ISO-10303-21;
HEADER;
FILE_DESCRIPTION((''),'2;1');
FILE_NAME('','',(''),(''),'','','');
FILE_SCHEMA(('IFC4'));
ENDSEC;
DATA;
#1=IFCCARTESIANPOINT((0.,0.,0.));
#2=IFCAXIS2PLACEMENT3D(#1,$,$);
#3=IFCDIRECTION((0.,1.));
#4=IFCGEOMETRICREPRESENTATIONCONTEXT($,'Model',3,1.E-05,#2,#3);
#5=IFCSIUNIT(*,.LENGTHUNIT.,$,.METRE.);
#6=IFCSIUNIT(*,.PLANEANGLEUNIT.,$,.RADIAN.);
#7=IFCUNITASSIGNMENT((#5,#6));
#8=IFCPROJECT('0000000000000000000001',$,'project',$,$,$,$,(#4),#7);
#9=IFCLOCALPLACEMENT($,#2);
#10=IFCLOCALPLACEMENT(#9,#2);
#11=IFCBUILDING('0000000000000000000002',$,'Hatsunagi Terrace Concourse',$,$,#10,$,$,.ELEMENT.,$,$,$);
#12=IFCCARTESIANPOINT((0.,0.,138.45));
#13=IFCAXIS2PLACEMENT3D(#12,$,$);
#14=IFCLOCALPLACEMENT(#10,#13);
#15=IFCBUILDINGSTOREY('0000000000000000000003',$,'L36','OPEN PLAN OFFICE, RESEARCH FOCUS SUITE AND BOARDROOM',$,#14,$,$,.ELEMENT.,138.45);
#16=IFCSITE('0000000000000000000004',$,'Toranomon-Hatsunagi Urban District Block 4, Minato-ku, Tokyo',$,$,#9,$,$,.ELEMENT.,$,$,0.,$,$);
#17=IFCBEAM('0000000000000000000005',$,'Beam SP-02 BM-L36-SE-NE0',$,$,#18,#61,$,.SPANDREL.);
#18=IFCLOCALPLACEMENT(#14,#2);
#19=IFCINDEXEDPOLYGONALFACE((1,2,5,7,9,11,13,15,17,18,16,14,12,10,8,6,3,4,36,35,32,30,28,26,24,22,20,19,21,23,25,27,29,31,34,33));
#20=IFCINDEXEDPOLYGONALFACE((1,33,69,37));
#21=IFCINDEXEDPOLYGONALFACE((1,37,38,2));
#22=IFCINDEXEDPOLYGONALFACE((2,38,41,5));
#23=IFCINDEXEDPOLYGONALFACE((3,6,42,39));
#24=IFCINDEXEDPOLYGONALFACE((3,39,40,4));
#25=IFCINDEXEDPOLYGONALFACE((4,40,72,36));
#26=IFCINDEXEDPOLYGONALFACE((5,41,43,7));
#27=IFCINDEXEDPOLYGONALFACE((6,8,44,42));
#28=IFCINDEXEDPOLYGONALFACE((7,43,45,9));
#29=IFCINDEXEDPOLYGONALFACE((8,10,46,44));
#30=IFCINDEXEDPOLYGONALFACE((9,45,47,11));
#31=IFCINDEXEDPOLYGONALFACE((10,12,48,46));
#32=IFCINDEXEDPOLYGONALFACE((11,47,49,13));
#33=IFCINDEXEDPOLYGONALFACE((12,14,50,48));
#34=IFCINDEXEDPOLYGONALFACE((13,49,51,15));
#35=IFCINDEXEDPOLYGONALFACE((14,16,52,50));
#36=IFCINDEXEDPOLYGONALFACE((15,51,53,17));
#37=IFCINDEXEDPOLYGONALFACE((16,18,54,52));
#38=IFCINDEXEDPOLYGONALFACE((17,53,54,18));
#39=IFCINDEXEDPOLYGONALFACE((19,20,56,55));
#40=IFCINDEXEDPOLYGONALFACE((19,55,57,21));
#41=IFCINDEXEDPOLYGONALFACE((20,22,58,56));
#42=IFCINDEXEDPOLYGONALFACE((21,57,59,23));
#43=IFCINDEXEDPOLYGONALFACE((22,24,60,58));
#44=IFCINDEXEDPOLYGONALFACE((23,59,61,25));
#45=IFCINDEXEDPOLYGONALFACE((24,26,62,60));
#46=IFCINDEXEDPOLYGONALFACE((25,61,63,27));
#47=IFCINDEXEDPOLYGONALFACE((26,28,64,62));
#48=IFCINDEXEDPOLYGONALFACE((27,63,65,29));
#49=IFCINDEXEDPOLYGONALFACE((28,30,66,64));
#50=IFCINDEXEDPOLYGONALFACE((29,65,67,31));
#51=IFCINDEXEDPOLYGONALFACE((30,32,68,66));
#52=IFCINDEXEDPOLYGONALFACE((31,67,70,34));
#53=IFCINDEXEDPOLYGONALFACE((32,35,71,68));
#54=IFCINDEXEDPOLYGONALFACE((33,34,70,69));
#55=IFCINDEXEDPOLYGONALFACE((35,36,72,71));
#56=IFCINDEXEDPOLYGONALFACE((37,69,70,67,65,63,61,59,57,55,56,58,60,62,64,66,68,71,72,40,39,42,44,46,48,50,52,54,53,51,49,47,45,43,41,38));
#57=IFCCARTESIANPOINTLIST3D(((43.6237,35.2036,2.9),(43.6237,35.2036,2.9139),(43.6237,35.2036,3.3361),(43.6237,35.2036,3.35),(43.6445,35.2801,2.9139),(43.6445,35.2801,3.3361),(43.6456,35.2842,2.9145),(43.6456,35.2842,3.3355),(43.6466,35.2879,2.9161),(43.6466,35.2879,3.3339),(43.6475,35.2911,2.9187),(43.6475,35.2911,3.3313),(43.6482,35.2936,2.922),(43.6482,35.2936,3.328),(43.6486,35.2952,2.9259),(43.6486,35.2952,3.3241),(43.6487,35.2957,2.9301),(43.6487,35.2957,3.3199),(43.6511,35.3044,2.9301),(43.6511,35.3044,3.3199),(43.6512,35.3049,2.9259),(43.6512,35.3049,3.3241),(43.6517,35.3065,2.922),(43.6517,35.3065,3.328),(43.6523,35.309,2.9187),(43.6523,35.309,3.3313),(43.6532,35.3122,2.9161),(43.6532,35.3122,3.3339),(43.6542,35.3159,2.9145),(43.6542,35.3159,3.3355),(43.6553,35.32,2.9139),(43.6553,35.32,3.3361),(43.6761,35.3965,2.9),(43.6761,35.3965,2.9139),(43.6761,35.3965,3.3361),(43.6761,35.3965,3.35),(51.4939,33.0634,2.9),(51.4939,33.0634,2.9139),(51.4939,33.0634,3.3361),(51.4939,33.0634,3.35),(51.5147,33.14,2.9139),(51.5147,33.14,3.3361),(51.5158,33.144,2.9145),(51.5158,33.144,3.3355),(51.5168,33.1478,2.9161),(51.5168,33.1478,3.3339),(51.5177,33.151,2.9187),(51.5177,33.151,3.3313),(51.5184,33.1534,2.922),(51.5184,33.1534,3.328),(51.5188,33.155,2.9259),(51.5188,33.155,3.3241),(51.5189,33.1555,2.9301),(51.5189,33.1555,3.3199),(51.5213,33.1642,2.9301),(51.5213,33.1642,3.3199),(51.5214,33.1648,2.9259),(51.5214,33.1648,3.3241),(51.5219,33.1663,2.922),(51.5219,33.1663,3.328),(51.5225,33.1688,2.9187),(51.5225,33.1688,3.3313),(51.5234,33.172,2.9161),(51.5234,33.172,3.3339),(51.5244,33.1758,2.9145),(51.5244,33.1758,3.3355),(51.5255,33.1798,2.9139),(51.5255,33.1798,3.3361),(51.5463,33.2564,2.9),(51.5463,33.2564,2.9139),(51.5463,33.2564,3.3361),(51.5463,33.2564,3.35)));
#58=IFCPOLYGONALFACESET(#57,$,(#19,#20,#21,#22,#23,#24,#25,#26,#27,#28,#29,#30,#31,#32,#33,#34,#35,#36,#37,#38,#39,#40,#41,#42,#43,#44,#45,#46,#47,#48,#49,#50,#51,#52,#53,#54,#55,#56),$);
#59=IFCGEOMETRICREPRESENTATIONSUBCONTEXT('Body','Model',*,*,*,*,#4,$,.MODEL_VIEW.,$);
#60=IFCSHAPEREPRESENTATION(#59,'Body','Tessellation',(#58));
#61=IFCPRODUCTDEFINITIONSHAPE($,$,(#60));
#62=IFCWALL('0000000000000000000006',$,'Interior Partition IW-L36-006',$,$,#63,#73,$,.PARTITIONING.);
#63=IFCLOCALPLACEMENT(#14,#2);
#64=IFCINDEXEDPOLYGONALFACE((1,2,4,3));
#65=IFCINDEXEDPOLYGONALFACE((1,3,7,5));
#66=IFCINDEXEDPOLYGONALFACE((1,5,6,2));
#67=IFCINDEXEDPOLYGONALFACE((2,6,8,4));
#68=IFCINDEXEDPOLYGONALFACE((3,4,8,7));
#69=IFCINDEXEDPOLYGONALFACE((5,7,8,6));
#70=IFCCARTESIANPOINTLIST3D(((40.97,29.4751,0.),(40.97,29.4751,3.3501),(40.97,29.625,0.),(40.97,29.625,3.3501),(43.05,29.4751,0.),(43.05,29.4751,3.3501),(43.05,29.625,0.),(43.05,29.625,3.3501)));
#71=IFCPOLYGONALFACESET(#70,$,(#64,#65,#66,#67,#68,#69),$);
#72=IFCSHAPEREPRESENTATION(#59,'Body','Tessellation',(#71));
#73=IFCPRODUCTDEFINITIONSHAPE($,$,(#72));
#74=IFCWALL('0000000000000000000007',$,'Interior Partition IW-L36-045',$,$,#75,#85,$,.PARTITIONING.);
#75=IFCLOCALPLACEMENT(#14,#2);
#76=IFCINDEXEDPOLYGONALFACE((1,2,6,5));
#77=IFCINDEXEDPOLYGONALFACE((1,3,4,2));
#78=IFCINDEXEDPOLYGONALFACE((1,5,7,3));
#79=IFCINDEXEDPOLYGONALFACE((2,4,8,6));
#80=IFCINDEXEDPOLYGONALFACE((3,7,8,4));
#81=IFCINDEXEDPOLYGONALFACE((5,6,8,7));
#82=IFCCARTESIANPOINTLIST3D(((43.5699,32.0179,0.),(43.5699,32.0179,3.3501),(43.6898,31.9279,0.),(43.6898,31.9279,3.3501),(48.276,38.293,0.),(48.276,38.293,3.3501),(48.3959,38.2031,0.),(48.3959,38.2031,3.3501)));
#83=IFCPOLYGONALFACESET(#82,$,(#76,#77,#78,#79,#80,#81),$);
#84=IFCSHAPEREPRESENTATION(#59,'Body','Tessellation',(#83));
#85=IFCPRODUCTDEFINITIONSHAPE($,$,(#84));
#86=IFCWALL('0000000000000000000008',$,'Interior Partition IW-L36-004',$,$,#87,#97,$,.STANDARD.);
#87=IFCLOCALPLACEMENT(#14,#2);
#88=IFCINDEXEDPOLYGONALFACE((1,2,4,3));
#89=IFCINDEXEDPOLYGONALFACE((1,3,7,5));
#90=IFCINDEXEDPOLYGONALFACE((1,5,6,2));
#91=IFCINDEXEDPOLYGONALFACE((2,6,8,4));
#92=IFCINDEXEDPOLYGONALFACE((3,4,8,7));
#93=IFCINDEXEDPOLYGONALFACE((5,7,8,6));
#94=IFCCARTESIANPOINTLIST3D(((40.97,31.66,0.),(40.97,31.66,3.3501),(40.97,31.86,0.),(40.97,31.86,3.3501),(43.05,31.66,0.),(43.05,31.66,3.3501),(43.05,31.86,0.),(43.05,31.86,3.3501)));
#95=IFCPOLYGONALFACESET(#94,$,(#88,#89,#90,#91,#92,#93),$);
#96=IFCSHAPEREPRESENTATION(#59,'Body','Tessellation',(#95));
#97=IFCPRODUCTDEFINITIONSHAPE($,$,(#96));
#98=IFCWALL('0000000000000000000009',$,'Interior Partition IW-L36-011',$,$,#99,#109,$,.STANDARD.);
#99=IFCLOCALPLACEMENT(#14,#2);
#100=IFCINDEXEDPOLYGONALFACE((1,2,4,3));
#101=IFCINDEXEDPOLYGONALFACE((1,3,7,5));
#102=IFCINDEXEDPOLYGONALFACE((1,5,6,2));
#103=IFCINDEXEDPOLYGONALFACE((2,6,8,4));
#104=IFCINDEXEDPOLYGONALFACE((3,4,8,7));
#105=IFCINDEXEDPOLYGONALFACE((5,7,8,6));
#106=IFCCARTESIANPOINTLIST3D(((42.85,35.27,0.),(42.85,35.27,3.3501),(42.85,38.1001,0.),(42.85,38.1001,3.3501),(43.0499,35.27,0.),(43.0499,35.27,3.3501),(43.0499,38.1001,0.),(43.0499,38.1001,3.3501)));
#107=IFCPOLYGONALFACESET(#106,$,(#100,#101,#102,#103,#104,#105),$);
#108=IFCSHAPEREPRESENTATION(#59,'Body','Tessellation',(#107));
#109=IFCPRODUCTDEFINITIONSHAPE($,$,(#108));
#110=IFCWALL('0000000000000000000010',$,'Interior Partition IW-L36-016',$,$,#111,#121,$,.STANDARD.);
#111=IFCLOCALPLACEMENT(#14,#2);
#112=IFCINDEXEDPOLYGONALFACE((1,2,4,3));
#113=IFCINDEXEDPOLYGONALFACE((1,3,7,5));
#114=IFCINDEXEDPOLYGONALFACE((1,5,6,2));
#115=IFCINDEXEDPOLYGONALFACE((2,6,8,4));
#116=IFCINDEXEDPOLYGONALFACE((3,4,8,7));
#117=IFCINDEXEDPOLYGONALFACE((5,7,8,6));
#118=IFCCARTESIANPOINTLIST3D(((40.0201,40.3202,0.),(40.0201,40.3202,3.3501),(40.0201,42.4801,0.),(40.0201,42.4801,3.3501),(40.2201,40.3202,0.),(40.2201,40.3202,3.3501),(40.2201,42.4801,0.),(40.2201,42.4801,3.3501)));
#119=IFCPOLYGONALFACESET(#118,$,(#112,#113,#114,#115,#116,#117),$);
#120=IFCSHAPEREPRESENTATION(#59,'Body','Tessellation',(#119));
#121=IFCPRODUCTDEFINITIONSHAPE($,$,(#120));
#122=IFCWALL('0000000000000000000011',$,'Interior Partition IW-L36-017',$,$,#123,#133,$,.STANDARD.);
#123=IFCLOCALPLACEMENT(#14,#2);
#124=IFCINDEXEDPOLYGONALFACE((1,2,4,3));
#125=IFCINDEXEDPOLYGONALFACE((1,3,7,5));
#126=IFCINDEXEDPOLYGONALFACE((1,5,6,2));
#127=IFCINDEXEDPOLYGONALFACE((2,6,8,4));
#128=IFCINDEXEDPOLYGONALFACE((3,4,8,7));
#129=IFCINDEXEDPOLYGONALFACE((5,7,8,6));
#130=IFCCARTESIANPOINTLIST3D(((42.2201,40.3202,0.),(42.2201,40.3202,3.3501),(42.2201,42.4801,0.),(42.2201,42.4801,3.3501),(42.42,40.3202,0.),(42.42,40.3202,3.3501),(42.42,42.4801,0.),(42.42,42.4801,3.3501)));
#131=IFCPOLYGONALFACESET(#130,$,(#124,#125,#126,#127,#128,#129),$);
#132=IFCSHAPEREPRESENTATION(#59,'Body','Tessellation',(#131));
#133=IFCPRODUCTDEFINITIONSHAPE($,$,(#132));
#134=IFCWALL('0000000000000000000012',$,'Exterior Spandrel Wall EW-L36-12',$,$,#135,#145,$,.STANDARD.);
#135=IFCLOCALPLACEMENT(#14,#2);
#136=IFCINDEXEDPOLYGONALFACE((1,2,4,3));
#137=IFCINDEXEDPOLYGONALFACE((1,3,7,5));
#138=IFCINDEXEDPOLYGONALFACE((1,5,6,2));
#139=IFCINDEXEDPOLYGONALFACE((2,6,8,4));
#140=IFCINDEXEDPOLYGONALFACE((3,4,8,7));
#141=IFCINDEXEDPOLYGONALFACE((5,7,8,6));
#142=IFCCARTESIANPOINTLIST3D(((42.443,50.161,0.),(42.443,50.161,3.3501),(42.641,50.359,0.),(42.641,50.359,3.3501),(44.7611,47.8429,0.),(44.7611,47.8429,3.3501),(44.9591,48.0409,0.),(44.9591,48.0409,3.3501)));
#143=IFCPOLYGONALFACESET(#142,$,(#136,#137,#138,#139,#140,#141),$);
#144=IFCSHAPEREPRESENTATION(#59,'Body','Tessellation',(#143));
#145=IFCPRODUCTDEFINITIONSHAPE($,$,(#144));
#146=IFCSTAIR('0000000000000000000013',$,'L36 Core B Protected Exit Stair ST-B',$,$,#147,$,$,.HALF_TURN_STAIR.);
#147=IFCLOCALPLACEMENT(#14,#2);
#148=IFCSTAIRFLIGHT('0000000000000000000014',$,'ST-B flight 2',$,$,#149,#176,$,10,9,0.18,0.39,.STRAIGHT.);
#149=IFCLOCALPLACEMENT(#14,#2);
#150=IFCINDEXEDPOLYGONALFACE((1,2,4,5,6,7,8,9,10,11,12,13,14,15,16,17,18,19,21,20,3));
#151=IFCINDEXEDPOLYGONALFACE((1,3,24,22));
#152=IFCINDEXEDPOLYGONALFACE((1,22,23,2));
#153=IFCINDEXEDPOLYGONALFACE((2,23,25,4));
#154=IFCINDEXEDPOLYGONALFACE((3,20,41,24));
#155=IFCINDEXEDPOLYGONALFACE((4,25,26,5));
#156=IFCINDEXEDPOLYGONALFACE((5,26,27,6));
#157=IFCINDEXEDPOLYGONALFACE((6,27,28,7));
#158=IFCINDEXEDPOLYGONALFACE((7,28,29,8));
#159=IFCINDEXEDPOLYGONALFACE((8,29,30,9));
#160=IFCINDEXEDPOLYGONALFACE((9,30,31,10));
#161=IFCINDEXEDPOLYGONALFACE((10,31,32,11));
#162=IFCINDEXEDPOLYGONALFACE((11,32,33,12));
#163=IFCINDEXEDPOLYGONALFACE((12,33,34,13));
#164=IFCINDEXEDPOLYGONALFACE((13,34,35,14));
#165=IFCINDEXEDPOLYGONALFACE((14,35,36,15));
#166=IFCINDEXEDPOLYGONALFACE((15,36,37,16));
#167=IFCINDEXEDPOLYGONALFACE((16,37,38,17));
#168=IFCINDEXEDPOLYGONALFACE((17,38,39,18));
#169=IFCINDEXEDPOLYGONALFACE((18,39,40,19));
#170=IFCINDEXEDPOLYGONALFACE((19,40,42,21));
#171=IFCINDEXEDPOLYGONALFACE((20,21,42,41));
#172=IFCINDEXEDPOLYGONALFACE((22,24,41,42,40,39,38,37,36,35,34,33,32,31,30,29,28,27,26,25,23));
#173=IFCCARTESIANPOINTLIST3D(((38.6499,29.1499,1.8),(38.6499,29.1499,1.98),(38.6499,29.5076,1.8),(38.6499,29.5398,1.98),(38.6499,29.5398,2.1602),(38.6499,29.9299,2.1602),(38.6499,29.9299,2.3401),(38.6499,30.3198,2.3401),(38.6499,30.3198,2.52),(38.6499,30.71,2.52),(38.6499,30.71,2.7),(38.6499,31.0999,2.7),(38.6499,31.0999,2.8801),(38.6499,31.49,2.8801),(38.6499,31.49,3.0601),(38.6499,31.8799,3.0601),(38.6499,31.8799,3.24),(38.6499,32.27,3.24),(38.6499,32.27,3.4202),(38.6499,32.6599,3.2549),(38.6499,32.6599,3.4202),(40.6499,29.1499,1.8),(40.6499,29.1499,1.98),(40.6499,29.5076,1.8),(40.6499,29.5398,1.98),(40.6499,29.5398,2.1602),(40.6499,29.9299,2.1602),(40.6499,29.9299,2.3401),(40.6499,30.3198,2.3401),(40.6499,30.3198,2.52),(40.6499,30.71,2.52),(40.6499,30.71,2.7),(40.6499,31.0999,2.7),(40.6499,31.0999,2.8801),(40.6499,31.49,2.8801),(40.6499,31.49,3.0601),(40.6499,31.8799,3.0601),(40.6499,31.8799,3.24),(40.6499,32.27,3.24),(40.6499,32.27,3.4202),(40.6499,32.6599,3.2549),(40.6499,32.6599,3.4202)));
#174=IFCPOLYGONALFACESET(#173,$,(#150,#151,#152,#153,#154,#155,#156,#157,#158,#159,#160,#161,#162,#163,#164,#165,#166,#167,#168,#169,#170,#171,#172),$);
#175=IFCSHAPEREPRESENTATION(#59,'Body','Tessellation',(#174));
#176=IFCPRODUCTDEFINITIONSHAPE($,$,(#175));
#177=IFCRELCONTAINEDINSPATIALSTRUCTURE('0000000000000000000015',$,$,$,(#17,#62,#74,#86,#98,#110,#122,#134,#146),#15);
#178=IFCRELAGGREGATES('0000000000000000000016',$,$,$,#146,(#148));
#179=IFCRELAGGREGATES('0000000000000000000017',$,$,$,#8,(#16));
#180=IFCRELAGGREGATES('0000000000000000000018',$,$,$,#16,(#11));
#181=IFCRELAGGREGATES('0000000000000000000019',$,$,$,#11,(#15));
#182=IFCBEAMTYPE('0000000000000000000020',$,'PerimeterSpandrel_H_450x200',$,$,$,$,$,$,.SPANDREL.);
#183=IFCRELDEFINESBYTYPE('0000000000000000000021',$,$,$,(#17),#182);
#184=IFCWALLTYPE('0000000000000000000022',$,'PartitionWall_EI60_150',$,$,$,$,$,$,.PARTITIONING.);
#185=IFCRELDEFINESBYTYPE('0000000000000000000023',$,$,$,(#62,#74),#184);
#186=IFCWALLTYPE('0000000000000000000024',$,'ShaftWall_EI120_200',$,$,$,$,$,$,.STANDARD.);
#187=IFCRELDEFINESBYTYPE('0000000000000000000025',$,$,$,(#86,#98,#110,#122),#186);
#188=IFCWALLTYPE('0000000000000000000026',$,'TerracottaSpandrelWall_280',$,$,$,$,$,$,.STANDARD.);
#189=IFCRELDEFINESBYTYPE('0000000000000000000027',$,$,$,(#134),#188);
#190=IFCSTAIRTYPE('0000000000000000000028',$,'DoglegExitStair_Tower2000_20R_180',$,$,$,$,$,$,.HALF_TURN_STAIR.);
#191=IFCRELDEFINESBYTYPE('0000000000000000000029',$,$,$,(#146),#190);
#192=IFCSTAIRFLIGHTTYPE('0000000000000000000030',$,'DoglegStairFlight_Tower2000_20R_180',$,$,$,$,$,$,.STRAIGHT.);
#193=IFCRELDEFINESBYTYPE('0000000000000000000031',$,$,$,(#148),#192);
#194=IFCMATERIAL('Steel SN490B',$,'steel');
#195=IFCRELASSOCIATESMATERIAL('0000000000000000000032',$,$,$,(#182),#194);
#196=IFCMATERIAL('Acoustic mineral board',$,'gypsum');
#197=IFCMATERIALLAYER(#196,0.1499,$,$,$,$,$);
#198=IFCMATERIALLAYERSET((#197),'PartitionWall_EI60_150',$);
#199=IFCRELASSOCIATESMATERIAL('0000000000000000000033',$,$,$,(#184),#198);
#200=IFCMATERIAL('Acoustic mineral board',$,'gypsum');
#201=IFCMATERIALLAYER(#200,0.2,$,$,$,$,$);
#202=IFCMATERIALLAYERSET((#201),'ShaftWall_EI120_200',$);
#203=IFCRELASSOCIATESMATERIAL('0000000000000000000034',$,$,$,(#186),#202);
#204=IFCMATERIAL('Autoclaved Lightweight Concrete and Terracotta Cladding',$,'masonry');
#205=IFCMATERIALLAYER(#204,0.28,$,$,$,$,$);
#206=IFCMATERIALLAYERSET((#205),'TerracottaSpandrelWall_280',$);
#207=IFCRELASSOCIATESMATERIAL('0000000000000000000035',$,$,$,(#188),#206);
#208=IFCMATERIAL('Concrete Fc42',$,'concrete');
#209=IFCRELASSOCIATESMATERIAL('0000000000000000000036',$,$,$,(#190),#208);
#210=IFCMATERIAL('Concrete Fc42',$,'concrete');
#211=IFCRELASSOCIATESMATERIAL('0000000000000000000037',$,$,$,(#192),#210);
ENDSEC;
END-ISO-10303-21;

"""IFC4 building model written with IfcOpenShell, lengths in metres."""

from ifc_helpers import new_model, si_unit, direction, frame, frame_2d, origin, origin_2d, place, context, subcontext, project, spatial, polyline, rectangle, i_section, outline, extrude, material, layer, layer_set, material_profile, profile_set, type_object, element, aggregate, save


model = new_model("IFC4")

# Units and contexts
model_context = context("Model", 3, precision=1e-05, world=origin(), true_north=direction((0.0, 1.0)))
body_context = subcontext(model_context, "Body", "Model", "MODEL_VIEW")
ifc_project = project(units=[si_unit("LENGTHUNIT", "METRE"), si_unit("PLANEANGLEUNIT", "RADIAN")], contexts=[model_context])

# Site, building, storey
site_placement = place(None, origin())
site = spatial("IfcSite", under=ifc_project, at=site_placement, Name="Toranomon-Hatsunagi Urban District Block 4, Minato-ku, Tokyo", CompositionType="ELEMENT", RefElevation=0.0)
building_placement = place(site_placement, origin())
building = spatial("IfcBuilding", under=site, at=building_placement, Name="Hatsunagi Terrace Concourse", CompositionType="ELEMENT")
storey_placement = place(building_placement, frame((0.0, 0.0, 138.45)))
storey = spatial("IfcBuildingStorey", under=building, at=storey_placement, Name="L36", Description="OPEN PLAN OFFICE, RESEARCH FOCUS SUITE AND BOARDROOM", CompositionType="ELEMENT", Elevation=138.45)

# Beam
ifc_material_1 = material(Name="Steel SN490B", Category="steel")
ifc_material_profile_1 = material_profile(ifc_material_1, i_section(OverallWidth=0.2, OverallDepth=0.45, WebThickness=0.009, FlangeThickness=0.0139, FilletRadius=0.0161, at=origin_2d()), Name="H-450x200x9x14")
ifc_profile_set_1 = profile_set([ifc_material_profile_1], Name="Steel SN490B")
beam_type_1 = type_object("IfcBeamType", Name="PerimeterSpandrel_H_450x200", PredefinedType="SPANDREL", material=ifc_profile_set_1)
beam_1_placement = place(storey_placement, frame((43.6499, 35.3, 3.125), z_axis=(0.964958, -0.262403, 0.0), x_axis=(0.262403, 0.964958, 0.0)))
element("IfcBeam", 1, at=beam_1_placement, inside=storey, type_object=beam_type_1, Name="Beam SP-02 BM-L36-SE-NE0", PredefinedType="SPANDREL", context=body_context, shape_type="SweptSolid", body=[
    extrude(i_section(OverallWidth=0.2, OverallDepth=0.45, WebThickness=0.009, FlangeThickness=0.0139, FilletRadius=0.0161, at=origin_2d()), origin(), (0.0, 0.0, 1.0), 8.156),
])

# Walls
ifc_material_2 = material(Name="Acoustic mineral board", Category="gypsum")
ifc_layer_1 = layer(ifc_material_2, 0.1499)
ifc_layer_set_1 = layer_set([ifc_layer_1], Name="PartitionWall_EI60_150")
wall_type_1 = type_object("IfcWallType", Name="PartitionWall_EI60_150", PredefinedType="PARTITIONING", material=ifc_layer_set_1)
wall_1_placement = place(storey_placement, frame((40.97, 29.55, 0.0), z_axis=(0.0, 0.0, 1.0), x_axis=(1.0, 0.0, 0.0)))
element("IfcWall", 2, at=wall_1_placement, inside=storey, type_object=wall_type_1, Name="Interior Partition IW-L36-006", PredefinedType="PARTITIONING", context=body_context, shape_type="SweptSolid", body=[
    extrude(rectangle(XDim=2.0801, YDim=0.1499, at=frame_2d((1.04, 0.0))), origin(), (0.0, 0.0, 1.0), 3.3501),
])
wall_2_placement = place(storey_placement, frame((43.6299, 31.9729, 0.0), z_axis=(0.0, 0.0, 1.0), x_axis=(0.599975, 0.800019, 0.0)))
element("IfcWall", 3, at=wall_2_placement, inside=storey, type_object=wall_type_1, Name="Interior Partition IW-L36-045", PredefinedType="PARTITIONING", context=body_context, shape_type="SweptSolid", body=[
    extrude(rectangle(XDim=7.8438, YDim=0.1499, at=frame_2d((3.9219, 0.0))), origin(), (0.0, 0.0, 1.0), 3.3501),
])
ifc_material_3 = material(Name="Acoustic mineral board", Category="gypsum")
ifc_layer_2 = layer(ifc_material_3, 0.2)
ifc_layer_set_2 = layer_set([ifc_layer_2], Name="ShaftWall_EI120_200")
wall_type_2 = type_object("IfcWallType", Name="ShaftWall_EI120_200", PredefinedType="STANDARD", material=ifc_layer_set_2)
wall_3_placement = place(storey_placement, frame((40.97, 31.76, 0.0), z_axis=(0.0, 0.0, 1.0), x_axis=(1.0, 0.0, 0.0)))
element("IfcWall", 4, at=wall_3_placement, inside=storey, type_object=wall_type_2, Name="Interior Partition IW-L36-004", PredefinedType="STANDARD", context=body_context, shape_type="SweptSolid", body=[
    extrude(rectangle(XDim=2.0801, YDim=0.2, at=frame_2d((1.04, 0.0))), origin(), (0.0, 0.0, 1.0), 3.3501),
])
wall_4_placement = place(storey_placement, frame((42.95, 35.27, 0.0), z_axis=(0.0, 0.0, 1.0), x_axis=(0.0, 1.0, 0.0)))
element("IfcWall", 5, at=wall_4_placement, inside=storey, type_object=wall_type_2, Name="Interior Partition IW-L36-011", PredefinedType="STANDARD", context=body_context, shape_type="SweptSolid", body=[
    extrude(rectangle(XDim=2.8301, YDim=0.2, at=frame_2d((1.415, 0.0))), origin(), (0.0, 0.0, 1.0), 3.3501),
])
for number, where, z_axis, x_axis, name in (
    (6, (40.1201, 40.3201, 0.0), (0.0, 0.0, 1.0), (0.0, 1.0, 0.0), "Interior Partition IW-L36-016"),
    (7, (42.3201, 40.3201, 0.0), (0.0, 0.0, 1.0), (0.0, 1.0, 0.0), "Interior Partition IW-L36-017"),
):
    element("IfcWall", number, at=place(storey_placement, frame(where, z_axis=z_axis, x_axis=x_axis)), inside=storey, type_object=wall_type_2, Name=name, PredefinedType="STANDARD", context=body_context, shape_type="SweptSolid", body=[
        extrude(rectangle(XDim=2.1599, YDim=0.2, at=frame_2d((1.0801, 0.0))), origin(), (0.0, 0.0, 1.0), 3.3501),
    ])
ifc_material_4 = material(Name="Autoclaved Lightweight Concrete and Terracotta Cladding", Category="masonry")
ifc_layer_3 = layer(ifc_material_4, 0.28)
ifc_layer_set_3 = layer_set([ifc_layer_3], Name="TerracottaSpandrelWall_280")
wall_type_3 = type_object("IfcWallType", Name="TerracottaSpandrelWall_280", PredefinedType="STANDARD", material=ifc_layer_set_3)
wall_5_placement = place(storey_placement, frame((42.542, 50.26, 0.0), z_axis=(0.0, 0.0, 1.0), x_axis=(0.707107, -0.707107, 0.0)))
element("IfcWall", 8, at=wall_5_placement, inside=storey, type_object=wall_type_3, Name="Exterior Spandrel Wall EW-L36-12", PredefinedType="STANDARD", context=body_context, shape_type="SweptSolid", body=[
    extrude(rectangle(XDim=3.2783, YDim=0.28, at=frame_2d((1.6392, 0.0))), origin(), (0.0, 0.0, 1.0), 3.3501),
])

# Stair, stair flight
ifc_material_5 = material(Name="Concrete Fc42", Category="concrete")
stair_type = type_object("IfcStairType", Name="DoglegExitStair_Tower2000_20R_180", PredefinedType="HALF_TURN_STAIR", material=ifc_material_5)
stair_placement = place(storey_placement, origin())
stair = element("IfcStair", 9, at=stair_placement, inside=storey, type_object=stair_type, Name="L36 Core B Protected Exit Stair ST-B", PredefinedType="HALF_TURN_STAIR")
ifc_material_6 = material(Name="Concrete Fc42", Category="concrete")
stair_flight_type = type_object("IfcStairFlightType", Name="DoglegStairFlight_Tower2000_20R_180", PredefinedType="STRAIGHT", material=ifc_material_6)
stair_flight_placement = place(storey_placement, frame((39.6499, 29.1499, 1.8), z_axis=(0.0, 0.0, 1.0), x_axis=(0.0, 1.0, 0.0)))
stair_flight = element("IfcStairFlight", 10, at=stair_flight_placement, type_object=stair_flight_type, Name="ST-B flight 2", NumberOfRisers=10, NumberOfTreads=9, PredefinedType="STRAIGHT", RiserHeight=0.18, TreadLength=0.39, context=body_context, shape_type="SweptSolid", body=[
    extrude(outline(polyline([(0.0, 0.0), (0.0, 0.1799), (0.3899, 0.1799), (0.3899, 0.3601), (0.78, 0.3601), (0.78, 0.54), (1.1699, 0.54), (1.1699, 0.72), (1.5601, 0.72), (1.5601, 0.8999), (1.95, 0.8999), (1.95, 1.0801), (2.3401, 1.0801), (2.3401, 1.26), (2.73, 1.26), (2.73, 1.4399), (3.1201, 1.4399), (3.1201, 1.6201), (3.51, 1.6201), (3.51, 1.8), (3.51, 1.4548), (0.3577, 0.0), (0.0, 0.0)])), frame((0.0, 1.0, 0.0), z_axis=(0.0, -1.0, 0.0), x_axis=(1.0, 0.0, 0.0)), (0.0, 0.0, 1.0), 2.0),
])
aggregate(stair, [stair_flight])

save(model, "model.ifc")
